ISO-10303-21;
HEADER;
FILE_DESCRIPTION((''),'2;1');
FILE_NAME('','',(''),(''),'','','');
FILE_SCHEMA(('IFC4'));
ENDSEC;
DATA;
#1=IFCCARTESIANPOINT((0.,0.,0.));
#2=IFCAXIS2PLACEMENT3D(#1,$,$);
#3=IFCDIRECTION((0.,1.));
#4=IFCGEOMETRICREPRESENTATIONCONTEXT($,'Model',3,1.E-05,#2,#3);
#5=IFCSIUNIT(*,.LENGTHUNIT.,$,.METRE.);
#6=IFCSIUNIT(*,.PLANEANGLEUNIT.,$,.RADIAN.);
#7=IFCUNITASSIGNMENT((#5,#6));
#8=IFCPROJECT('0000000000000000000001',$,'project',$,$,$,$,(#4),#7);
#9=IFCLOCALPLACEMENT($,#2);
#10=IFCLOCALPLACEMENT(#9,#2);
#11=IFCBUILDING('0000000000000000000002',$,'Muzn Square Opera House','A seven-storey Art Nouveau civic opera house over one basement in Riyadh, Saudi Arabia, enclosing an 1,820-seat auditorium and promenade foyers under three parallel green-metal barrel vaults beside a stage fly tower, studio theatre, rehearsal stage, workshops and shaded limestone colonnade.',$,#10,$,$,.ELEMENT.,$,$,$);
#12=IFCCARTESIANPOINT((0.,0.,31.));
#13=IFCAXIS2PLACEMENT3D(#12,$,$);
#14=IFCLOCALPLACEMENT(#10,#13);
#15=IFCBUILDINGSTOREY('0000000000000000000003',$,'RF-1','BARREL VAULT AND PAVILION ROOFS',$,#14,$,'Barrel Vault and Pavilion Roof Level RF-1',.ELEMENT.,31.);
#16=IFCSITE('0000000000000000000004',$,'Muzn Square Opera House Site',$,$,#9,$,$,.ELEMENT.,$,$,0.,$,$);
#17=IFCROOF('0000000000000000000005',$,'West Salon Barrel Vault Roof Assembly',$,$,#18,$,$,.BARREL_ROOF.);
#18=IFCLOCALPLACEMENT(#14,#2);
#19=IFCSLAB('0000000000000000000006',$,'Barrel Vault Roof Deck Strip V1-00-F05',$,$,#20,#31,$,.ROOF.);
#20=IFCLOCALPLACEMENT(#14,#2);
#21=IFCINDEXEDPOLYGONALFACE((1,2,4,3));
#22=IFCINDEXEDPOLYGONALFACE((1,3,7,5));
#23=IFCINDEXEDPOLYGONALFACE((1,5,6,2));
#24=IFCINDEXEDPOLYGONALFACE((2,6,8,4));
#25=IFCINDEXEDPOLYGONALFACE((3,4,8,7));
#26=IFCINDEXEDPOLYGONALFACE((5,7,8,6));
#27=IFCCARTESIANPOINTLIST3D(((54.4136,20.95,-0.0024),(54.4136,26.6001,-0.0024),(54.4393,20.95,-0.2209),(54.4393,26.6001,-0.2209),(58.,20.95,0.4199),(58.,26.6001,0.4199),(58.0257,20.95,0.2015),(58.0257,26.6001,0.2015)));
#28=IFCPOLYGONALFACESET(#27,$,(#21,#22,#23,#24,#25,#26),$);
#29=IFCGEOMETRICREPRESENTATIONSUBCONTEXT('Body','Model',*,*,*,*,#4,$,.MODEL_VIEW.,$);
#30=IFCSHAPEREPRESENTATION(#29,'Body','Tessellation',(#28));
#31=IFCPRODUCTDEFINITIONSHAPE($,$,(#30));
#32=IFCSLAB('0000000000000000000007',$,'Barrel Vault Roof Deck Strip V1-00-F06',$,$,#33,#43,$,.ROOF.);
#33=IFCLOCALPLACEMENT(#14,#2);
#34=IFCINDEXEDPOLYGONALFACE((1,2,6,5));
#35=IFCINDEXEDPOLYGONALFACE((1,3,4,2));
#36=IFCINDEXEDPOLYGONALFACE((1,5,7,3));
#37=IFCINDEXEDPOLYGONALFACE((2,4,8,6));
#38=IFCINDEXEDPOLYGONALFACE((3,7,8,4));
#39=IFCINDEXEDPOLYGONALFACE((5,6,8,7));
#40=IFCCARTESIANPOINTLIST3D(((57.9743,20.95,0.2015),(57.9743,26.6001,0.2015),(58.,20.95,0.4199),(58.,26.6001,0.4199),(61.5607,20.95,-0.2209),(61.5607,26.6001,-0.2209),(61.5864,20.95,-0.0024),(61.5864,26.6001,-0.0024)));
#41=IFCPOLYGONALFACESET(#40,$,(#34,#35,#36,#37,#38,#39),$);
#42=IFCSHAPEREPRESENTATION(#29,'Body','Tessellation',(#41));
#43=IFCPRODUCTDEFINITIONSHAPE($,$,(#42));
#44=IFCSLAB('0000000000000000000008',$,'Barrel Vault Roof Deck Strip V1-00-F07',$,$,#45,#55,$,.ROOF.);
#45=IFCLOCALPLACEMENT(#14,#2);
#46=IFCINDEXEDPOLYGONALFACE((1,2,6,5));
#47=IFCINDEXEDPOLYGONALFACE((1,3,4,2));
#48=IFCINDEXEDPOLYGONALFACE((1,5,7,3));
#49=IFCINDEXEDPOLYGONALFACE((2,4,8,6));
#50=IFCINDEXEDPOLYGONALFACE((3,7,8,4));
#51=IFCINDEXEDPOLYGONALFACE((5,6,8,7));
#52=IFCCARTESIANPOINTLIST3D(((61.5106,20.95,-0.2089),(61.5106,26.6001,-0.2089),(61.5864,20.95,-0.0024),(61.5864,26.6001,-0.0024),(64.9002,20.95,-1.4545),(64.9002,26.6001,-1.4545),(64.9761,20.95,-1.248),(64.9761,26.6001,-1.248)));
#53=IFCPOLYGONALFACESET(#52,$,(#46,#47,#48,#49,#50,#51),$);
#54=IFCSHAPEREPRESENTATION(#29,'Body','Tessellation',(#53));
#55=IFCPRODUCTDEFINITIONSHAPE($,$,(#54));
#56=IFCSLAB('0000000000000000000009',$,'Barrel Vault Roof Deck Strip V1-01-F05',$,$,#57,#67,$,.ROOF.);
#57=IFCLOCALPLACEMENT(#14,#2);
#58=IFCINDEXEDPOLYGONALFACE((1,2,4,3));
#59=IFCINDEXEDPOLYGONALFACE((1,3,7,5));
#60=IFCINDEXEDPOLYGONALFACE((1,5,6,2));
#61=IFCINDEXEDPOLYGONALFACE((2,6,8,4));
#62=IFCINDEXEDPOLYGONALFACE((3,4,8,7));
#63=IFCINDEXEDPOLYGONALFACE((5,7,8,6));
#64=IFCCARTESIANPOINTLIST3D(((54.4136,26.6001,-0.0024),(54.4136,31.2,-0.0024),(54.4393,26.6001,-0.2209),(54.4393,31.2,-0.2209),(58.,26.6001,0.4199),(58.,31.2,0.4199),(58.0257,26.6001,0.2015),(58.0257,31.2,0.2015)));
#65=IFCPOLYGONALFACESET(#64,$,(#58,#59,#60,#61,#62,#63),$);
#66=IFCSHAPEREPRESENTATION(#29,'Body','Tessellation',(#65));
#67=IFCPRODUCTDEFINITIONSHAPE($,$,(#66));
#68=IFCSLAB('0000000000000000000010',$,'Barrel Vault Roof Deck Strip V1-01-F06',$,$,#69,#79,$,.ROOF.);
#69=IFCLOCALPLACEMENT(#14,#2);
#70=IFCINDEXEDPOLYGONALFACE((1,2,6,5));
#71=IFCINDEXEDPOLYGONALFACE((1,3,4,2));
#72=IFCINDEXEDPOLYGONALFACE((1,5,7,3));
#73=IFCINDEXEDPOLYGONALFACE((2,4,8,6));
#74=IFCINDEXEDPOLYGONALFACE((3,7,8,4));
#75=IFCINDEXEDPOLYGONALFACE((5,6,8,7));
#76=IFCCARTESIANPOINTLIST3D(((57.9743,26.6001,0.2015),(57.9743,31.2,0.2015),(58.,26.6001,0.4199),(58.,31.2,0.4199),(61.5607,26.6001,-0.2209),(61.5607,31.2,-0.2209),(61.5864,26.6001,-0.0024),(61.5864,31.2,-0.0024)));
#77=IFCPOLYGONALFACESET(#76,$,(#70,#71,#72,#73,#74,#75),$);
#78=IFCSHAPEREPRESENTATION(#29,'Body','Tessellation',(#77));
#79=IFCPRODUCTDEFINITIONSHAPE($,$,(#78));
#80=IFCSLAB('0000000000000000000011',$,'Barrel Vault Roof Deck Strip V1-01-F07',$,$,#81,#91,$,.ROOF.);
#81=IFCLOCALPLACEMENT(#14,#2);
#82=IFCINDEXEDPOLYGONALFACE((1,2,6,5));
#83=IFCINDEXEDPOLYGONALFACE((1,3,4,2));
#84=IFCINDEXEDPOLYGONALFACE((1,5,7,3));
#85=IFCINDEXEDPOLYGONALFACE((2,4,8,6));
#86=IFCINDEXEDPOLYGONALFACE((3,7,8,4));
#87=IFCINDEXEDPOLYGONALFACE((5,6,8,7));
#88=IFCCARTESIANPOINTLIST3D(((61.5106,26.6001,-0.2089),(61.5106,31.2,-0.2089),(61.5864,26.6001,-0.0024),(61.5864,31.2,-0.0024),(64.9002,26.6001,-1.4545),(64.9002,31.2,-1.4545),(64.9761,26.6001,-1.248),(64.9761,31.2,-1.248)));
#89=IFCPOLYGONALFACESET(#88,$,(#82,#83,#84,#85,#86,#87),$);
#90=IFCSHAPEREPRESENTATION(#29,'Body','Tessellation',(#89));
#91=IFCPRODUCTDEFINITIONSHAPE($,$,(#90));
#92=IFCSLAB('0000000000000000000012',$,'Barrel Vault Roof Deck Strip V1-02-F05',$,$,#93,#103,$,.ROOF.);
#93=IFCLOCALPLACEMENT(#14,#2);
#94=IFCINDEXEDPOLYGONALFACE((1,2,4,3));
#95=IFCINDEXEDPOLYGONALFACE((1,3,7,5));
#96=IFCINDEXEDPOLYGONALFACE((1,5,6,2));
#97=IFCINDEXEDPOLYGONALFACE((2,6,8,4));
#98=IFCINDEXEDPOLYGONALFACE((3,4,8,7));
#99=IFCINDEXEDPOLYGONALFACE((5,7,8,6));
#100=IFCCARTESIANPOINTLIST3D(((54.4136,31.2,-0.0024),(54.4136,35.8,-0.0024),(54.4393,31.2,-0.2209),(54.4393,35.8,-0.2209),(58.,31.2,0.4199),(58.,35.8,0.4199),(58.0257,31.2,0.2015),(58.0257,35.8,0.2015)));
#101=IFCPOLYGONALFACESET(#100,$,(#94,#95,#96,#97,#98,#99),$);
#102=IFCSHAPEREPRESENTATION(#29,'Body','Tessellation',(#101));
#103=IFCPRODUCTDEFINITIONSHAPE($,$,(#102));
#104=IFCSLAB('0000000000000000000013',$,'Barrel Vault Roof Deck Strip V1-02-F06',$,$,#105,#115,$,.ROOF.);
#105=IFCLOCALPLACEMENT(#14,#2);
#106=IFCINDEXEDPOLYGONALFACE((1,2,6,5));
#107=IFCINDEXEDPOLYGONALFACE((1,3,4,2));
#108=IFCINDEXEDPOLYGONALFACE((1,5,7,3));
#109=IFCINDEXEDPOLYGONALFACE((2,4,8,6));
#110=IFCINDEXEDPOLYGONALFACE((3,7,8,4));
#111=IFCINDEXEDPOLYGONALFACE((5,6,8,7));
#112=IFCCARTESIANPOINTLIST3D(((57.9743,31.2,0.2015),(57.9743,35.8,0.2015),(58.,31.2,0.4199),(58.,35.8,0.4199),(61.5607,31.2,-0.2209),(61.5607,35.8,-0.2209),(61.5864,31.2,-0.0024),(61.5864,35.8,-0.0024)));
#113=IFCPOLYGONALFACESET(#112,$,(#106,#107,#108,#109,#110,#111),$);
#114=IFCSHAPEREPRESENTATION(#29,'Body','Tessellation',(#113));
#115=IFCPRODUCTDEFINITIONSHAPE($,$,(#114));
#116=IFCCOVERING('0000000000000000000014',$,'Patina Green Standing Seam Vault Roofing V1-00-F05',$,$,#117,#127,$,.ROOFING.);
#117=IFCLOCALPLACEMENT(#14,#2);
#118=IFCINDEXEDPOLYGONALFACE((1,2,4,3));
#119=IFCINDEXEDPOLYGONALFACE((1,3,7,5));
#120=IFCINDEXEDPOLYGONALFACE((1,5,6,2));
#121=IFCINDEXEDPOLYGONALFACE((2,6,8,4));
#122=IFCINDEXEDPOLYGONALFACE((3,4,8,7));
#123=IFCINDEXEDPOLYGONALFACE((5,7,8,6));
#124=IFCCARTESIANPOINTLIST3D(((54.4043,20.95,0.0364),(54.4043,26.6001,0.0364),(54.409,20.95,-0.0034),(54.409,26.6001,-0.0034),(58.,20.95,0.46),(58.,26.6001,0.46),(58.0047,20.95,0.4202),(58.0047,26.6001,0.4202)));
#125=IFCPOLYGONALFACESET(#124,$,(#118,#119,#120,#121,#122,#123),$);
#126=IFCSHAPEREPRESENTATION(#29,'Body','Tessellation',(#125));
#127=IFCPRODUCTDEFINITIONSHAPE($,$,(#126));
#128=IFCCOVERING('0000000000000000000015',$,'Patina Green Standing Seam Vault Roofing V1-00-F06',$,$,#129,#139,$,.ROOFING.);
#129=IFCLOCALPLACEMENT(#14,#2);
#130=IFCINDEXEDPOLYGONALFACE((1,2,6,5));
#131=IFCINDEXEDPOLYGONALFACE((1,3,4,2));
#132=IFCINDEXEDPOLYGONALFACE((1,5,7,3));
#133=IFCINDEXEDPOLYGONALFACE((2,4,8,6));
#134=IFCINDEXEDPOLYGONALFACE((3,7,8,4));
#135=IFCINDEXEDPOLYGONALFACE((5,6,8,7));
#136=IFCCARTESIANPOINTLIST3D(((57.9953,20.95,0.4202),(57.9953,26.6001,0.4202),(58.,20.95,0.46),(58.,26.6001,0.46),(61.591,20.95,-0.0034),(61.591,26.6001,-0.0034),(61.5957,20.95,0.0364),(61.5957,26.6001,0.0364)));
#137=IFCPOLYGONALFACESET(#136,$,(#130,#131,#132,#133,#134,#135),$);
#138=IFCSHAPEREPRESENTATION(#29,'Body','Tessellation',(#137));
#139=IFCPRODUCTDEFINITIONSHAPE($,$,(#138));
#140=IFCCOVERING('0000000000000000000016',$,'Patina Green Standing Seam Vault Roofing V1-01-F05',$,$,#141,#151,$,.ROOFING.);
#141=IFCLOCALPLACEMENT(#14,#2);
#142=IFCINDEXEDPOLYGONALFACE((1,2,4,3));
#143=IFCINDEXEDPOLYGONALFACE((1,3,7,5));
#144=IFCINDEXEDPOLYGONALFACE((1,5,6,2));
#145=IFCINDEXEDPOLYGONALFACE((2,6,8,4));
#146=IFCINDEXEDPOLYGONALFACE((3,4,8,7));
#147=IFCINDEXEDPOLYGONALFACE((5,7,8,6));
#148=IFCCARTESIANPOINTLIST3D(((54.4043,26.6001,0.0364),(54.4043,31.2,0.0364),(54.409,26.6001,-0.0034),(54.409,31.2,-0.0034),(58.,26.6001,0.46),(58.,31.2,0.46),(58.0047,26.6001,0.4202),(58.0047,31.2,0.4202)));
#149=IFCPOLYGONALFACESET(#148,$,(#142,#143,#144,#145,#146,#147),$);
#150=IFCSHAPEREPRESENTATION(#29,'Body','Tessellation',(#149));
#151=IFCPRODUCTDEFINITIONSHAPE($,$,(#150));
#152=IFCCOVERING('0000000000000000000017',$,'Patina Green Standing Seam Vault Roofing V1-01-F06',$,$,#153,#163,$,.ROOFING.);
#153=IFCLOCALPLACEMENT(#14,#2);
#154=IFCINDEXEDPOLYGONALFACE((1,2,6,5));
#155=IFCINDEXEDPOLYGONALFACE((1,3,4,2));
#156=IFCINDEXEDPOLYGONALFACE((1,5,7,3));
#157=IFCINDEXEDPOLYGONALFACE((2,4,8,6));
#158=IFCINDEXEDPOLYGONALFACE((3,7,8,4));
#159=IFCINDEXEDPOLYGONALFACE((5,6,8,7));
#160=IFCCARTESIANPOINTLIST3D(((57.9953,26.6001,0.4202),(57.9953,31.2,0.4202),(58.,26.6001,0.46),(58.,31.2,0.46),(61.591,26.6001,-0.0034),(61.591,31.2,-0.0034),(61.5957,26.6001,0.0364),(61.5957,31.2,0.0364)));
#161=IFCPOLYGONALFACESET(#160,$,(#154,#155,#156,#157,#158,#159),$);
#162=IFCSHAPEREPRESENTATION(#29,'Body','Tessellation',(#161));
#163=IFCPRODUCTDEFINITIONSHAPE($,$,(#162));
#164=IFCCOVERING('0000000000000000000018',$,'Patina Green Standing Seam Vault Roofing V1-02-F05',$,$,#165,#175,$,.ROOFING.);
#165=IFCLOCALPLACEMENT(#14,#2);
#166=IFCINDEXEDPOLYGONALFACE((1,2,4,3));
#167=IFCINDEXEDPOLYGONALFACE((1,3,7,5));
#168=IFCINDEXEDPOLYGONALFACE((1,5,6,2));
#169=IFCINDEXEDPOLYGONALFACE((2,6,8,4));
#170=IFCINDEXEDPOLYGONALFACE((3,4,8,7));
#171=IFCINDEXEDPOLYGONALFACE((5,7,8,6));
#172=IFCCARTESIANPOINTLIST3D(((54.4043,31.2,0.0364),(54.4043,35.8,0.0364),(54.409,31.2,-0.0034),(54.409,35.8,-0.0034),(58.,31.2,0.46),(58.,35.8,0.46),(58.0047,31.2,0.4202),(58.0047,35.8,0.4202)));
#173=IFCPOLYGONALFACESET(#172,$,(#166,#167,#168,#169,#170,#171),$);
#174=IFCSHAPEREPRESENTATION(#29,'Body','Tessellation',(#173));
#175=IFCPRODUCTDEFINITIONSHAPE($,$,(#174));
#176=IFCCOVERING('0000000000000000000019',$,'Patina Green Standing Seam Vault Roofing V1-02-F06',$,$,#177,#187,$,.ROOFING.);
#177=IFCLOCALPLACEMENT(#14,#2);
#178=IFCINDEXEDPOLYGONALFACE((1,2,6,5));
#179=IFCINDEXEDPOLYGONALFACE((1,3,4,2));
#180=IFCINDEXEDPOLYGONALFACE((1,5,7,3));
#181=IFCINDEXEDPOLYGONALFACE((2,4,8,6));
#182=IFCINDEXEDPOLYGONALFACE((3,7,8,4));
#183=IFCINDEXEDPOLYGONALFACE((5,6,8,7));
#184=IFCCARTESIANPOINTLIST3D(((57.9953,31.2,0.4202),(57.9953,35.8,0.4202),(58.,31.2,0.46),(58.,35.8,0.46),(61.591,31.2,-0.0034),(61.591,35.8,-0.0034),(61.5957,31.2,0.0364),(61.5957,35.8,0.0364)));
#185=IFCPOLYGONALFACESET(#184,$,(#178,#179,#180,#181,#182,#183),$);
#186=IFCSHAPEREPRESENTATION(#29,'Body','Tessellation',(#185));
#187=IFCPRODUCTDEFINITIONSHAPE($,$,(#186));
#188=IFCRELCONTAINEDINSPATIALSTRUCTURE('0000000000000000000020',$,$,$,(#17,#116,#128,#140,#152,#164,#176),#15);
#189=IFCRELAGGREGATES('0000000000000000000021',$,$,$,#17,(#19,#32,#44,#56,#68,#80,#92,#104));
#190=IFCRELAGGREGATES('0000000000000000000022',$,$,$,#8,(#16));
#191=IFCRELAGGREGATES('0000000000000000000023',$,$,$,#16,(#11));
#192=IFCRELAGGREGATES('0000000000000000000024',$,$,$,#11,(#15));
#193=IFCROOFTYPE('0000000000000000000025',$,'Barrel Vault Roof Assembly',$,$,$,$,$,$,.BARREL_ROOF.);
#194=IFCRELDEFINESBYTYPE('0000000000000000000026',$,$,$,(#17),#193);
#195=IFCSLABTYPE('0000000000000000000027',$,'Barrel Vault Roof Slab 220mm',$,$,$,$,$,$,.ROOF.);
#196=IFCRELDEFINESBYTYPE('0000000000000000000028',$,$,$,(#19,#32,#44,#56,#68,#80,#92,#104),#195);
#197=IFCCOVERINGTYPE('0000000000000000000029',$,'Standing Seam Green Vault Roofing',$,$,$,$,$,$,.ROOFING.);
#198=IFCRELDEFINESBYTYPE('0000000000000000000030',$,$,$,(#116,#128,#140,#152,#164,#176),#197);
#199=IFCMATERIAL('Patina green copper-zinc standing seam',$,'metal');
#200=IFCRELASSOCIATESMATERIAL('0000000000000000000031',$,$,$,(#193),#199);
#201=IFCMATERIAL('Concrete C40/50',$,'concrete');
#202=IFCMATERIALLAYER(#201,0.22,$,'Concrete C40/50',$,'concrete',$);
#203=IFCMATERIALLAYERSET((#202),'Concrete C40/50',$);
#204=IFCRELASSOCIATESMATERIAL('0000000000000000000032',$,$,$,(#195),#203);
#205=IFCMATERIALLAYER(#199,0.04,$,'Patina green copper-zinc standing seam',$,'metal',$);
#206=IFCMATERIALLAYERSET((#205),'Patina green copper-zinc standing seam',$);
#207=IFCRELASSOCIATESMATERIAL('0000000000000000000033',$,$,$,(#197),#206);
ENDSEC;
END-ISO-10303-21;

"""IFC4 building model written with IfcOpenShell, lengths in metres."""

from ifc_helpers import new_model, si_unit, direction, frame, origin, place, context, subcontext, project, spatial, polyline, outline, extrude, material, layer, layer_set, type_object, element, aggregate, save


model = new_model("IFC4")

# Units and contexts
model_context = context("Model", 3, precision=1e-05, world=origin(), true_north=direction((0.0, 1.0)))
body_context = subcontext(model_context, "Body", "Model", "MODEL_VIEW")
ifc_project = project(units=[si_unit("LENGTHUNIT", "METRE"), si_unit("PLANEANGLEUNIT", "RADIAN")], contexts=[model_context])

# Site, building, storey
site_placement = place(None, origin())
site = spatial("IfcSite", under=ifc_project, at=site_placement, Name="Muzn Square Opera House Site", CompositionType="ELEMENT", RefElevation=0.0)
building_placement = place(site_placement, origin())
building = spatial("IfcBuilding", under=site, at=building_placement, Name="Muzn Square Opera House", Description="A seven-storey Art Nouveau civic opera house over one basement in Riyadh, Saudi Arabia, enclosing an 1,820-seat auditorium and promenade foyers under three parallel green-metal barrel vaults beside a stage fly tower, studio theatre, rehearsal stage, workshops and shaded limestone colonnade.", CompositionType="ELEMENT")
storey_placement = place(building_placement, frame((0.0, 0.0, 31.0)))
storey = spatial("IfcBuildingStorey", under=building, at=storey_placement, Name="RF-1", Description="BARREL VAULT AND PAVILION ROOFS", LongName="Barrel Vault and Pavilion Roof Level RF-1", CompositionType="ELEMENT", Elevation=31.0)

# Roof, slabs
ifc_material_1 = material(Name="Patina green copper-zinc standing seam", Category="metal")
roof_type = type_object("IfcRoofType", Name="Barrel Vault Roof Assembly", PredefinedType="BARREL_ROOF", material=ifc_material_1)
roof_placement = place(storey_placement, origin())
roof = element("IfcRoof", 1, at=roof_placement, inside=storey, type_object=roof_type, Name="West Salon Barrel Vault Roof Assembly", PredefinedType="BARREL_ROOF")
ifc_material_2 = material(Name="Concrete C40/50", Category="concrete")
ifc_layer_1 = layer(ifc_material_2, 0.22, Name="Concrete C40/50", Category="concrete")
ifc_layer_set_1 = layer_set([ifc_layer_1], Name="Concrete C40/50")
slab_type = type_object("IfcSlabType", Name="Barrel Vault Roof Slab 220mm", PredefinedType="ROOF", material=ifc_layer_set_1)
slab_1_placement = place(storey_placement, frame((58.0, 20.95, 0.4199), z_axis=(-0.116959, 0.0, 0.993137), x_axis=(0.0, 1.0, 0.0)))
slab_1 = element("IfcSlab", 2, at=slab_1_placement, type_object=slab_type, Name="Barrel Vault Roof Deck Strip V1-00-F05", PredefinedType="ROOF", context=body_context, shape_type="SweptSolid", body=[
    extrude(outline(polyline([(0.0, 3.6112), (0.0, 0.0), (5.6501, 0.0), (5.6501, 3.6112), (0.0, 3.6112)])), origin(), (0.0, 0.0, -1.0), 0.22),
])
slab_2_placement = place(storey_placement, frame((58.0, 20.95, 0.4199), z_axis=(0.116959, 0.0, 0.993137), x_axis=(0.993137, 0.0, -0.116959)))
slab_2 = element("IfcSlab", 3, at=slab_2_placement, type_object=slab_type, Name="Barrel Vault Roof Deck Strip V1-00-F06", PredefinedType="ROOF", context=body_context, shape_type="SweptSolid", body=[
    extrude(outline(polyline([(0.0, 0.0), (3.6112, 0.0), (3.6112, 5.6501), (0.0, 5.6501), (0.0, 0.0)])), origin(), (0.0, 0.0, -1.0), 0.22),
])
slab_3_placement = place(storey_placement, frame((61.5864, 20.95, -0.0024), z_axis=(0.344922, 0.0, 0.938631), x_axis=(0.938631, 0.0, -0.344922)))
slab_3 = element("IfcSlab", 4, at=slab_3_placement, type_object=slab_type, Name="Barrel Vault Roof Deck Strip V1-00-F07", PredefinedType="ROOF", context=body_context, shape_type="SweptSolid", body=[
    extrude(outline(polyline([(0.0, 0.0), (3.6113, 0.0), (3.6113, 5.6501), (0.0, 5.6501), (0.0, 0.0)])), origin(), (0.0, 0.0, -1.0), 0.22),
])
slab_4_placement = place(storey_placement, frame((58.0, 26.6001, 0.4199), z_axis=(-0.116959, 0.0, 0.993137), x_axis=(0.0, 1.0, 0.0)))
slab_4 = element("IfcSlab", 5, at=slab_4_placement, type_object=slab_type, Name="Barrel Vault Roof Deck Strip V1-01-F05", PredefinedType="ROOF", context=body_context, shape_type="SweptSolid", body=[
    extrude(outline(polyline([(0.0, 3.6112), (0.0, 0.0), (4.5999, 0.0), (4.5999, 3.6112), (0.0, 3.6112)])), origin(), (0.0, 0.0, -1.0), 0.22),
])
slab_5_placement = place(storey_placement, frame((58.0, 26.6001, 0.4199), z_axis=(0.116959, 0.0, 0.993137), x_axis=(0.993137, 0.0, -0.116959)))
slab_5 = element("IfcSlab", 6, at=slab_5_placement, type_object=slab_type, Name="Barrel Vault Roof Deck Strip V1-01-F06", PredefinedType="ROOF", context=body_context, shape_type="SweptSolid", body=[
    extrude(outline(polyline([(0.0, 0.0), (3.6112, 0.0), (3.6112, 4.5999), (0.0, 4.5999), (0.0, 0.0)])), origin(), (0.0, 0.0, -1.0), 0.22),
])
slab_6_placement = place(storey_placement, frame((61.5864, 26.6001, -0.0024), z_axis=(0.344922, 0.0, 0.938631), x_axis=(0.938631, 0.0, -0.344922)))
slab_6 = element("IfcSlab", 7, at=slab_6_placement, type_object=slab_type, Name="Barrel Vault Roof Deck Strip V1-01-F07", PredefinedType="ROOF", context=body_context, shape_type="SweptSolid", body=[
    extrude(outline(polyline([(0.0, 0.0), (3.6113, 0.0), (3.6113, 4.5999), (0.0, 4.5999), (0.0, 0.0)])), origin(), (0.0, 0.0, -1.0), 0.22),
])
slab_7_placement = place(storey_placement, frame((58.0, 31.2, 0.4199), z_axis=(-0.116959, 0.0, 0.993137), x_axis=(0.0, 1.0, 0.0)))
slab_7 = element("IfcSlab", 8, at=slab_7_placement, type_object=slab_type, Name="Barrel Vault Roof Deck Strip V1-02-F05", PredefinedType="ROOF", context=body_context, shape_type="SweptSolid", body=[
    extrude(outline(polyline([(0.0, 3.6112), (0.0, 0.0), (4.6001, 0.0), (4.6001, 3.6112), (0.0, 3.6112)])), origin(), (0.0, 0.0, -1.0), 0.22),
])
slab_8_placement = place(storey_placement, frame((58.0, 31.2, 0.4199), z_axis=(0.116959, 0.0, 0.993137), x_axis=(0.993137, 0.0, -0.116959)))
slab_8 = element("IfcSlab", 9, at=slab_8_placement, type_object=slab_type, Name="Barrel Vault Roof Deck Strip V1-02-F06", PredefinedType="ROOF", context=body_context, shape_type="SweptSolid", body=[
    extrude(outline(polyline([(0.0, 0.0), (3.6112, 0.0), (3.6112, 4.6001), (0.0, 4.6001), (0.0, 0.0)])), origin(), (0.0, 0.0, -1.0), 0.22),
])
aggregate(roof, [slab_1, slab_2, slab_3, slab_4, slab_5, slab_6, slab_7, slab_8])

# Coverings
ifc_layer_2 = layer(ifc_material_1, 0.04, Name="Patina green copper-zinc standing seam", Category="metal")
ifc_layer_set_2 = layer_set([ifc_layer_2], Name="Patina green copper-zinc standing seam")
covering_type = type_object("IfcCoveringType", Name="Standing Seam Green Vault Roofing", PredefinedType="ROOFING", material=ifc_layer_set_2)
covering_1_placement = place(storey_placement, frame((58.0, 20.95, 0.46), z_axis=(-0.116994, 0.0, 0.993133), x_axis=(0.0, 1.0, 0.0)))
element("IfcCovering", 10, at=covering_1_placement, inside=storey, type_object=covering_type, Name="Patina Green Standing Seam Vault Roofing V1-00-F05", PredefinedType="ROOFING", context=body_context, shape_type="SweptSolid", body=[
    extrude(outline(polyline([(0.0, 3.6206), (0.0, 0.0), (5.6501, 0.0), (5.6501, 3.6206), (0.0, 3.6206)])), origin(), (0.0, 0.0, -1.0), 0.04),
])
covering_2_placement = place(storey_placement, frame((58.0, 20.95, 0.46), z_axis=(0.116994, 0.0, 0.993133), x_axis=(0.993133, 0.0, -0.116994)))
element("IfcCovering", 11, at=covering_2_placement, inside=storey, type_object=covering_type, Name="Patina Green Standing Seam Vault Roofing V1-00-F06", PredefinedType="ROOFING", context=body_context, shape_type="SweptSolid", body=[
    extrude(outline(polyline([(0.0, 0.0), (3.6206, 0.0), (3.6206, 5.6501), (0.0, 5.6501), (0.0, 0.0)])), origin(), (0.0, 0.0, -1.0), 0.04),
])
covering_3_placement = place(storey_placement, frame((58.0, 26.6001, 0.46), z_axis=(-0.116994, 0.0, 0.993133), x_axis=(0.0, 1.0, 0.0)))
element("IfcCovering", 12, at=covering_3_placement, inside=storey, type_object=covering_type, Name="Patina Green Standing Seam Vault Roofing V1-01-F05", PredefinedType="ROOFING", context=body_context, shape_type="SweptSolid", body=[
    extrude(outline(polyline([(0.0, 3.6206), (0.0, 0.0), (4.5999, 0.0), (4.5999, 3.6206), (0.0, 3.6206)])), origin(), (0.0, 0.0, -1.0), 0.04),
])
covering_4_placement = place(storey_placement, frame((58.0, 26.6001, 0.46), z_axis=(0.116994, 0.0, 0.993133), x_axis=(0.993133, 0.0, -0.116994)))
element("IfcCovering", 13, at=covering_4_placement, inside=storey, type_object=covering_type, Name="Patina Green Standing Seam Vault Roofing V1-01-F06", PredefinedType="ROOFING", context=body_context, shape_type="SweptSolid", body=[
    extrude(outline(polyline([(0.0, 0.0), (3.6206, 0.0), (3.6206, 4.5999), (0.0, 4.5999), (0.0, 0.0)])), origin(), (0.0, 0.0, -1.0), 0.04),
])
covering_5_placement = place(storey_placement, frame((58.0, 31.2, 0.46), z_axis=(-0.116994, 0.0, 0.993133), x_axis=(0.0, 1.0, 0.0)))
element("IfcCovering", 14, at=covering_5_placement, inside=storey, type_object=covering_type, Name="Patina Green Standing Seam Vault Roofing V1-02-F05", PredefinedType="ROOFING", context=body_context, shape_type="SweptSolid", body=[
    extrude(outline(polyline([(0.0, 3.6206), (0.0, 0.0), (4.6001, 0.0), (4.6001, 3.6206), (0.0, 3.6206)])), origin(), (0.0, 0.0, -1.0), 0.04),
])
covering_6_placement = place(storey_placement, frame((58.0, 31.2, 0.46), z_axis=(0.116994, 0.0, 0.993133), x_axis=(0.993133, 0.0, -0.116994)))
element("IfcCovering", 15, at=covering_6_placement, inside=storey, type_object=covering_type, Name="Patina Green Standing Seam Vault Roofing V1-02-F06", PredefinedType="ROOFING", context=body_context, shape_type="SweptSolid", body=[
    extrude(outline(polyline([(0.0, 0.0), (3.6206, 0.0), (3.6206, 4.6001), (0.0, 4.6001), (0.0, 0.0)])), origin(), (0.0, 0.0, -1.0), 0.04),
])

save(model, "model.ifc")
